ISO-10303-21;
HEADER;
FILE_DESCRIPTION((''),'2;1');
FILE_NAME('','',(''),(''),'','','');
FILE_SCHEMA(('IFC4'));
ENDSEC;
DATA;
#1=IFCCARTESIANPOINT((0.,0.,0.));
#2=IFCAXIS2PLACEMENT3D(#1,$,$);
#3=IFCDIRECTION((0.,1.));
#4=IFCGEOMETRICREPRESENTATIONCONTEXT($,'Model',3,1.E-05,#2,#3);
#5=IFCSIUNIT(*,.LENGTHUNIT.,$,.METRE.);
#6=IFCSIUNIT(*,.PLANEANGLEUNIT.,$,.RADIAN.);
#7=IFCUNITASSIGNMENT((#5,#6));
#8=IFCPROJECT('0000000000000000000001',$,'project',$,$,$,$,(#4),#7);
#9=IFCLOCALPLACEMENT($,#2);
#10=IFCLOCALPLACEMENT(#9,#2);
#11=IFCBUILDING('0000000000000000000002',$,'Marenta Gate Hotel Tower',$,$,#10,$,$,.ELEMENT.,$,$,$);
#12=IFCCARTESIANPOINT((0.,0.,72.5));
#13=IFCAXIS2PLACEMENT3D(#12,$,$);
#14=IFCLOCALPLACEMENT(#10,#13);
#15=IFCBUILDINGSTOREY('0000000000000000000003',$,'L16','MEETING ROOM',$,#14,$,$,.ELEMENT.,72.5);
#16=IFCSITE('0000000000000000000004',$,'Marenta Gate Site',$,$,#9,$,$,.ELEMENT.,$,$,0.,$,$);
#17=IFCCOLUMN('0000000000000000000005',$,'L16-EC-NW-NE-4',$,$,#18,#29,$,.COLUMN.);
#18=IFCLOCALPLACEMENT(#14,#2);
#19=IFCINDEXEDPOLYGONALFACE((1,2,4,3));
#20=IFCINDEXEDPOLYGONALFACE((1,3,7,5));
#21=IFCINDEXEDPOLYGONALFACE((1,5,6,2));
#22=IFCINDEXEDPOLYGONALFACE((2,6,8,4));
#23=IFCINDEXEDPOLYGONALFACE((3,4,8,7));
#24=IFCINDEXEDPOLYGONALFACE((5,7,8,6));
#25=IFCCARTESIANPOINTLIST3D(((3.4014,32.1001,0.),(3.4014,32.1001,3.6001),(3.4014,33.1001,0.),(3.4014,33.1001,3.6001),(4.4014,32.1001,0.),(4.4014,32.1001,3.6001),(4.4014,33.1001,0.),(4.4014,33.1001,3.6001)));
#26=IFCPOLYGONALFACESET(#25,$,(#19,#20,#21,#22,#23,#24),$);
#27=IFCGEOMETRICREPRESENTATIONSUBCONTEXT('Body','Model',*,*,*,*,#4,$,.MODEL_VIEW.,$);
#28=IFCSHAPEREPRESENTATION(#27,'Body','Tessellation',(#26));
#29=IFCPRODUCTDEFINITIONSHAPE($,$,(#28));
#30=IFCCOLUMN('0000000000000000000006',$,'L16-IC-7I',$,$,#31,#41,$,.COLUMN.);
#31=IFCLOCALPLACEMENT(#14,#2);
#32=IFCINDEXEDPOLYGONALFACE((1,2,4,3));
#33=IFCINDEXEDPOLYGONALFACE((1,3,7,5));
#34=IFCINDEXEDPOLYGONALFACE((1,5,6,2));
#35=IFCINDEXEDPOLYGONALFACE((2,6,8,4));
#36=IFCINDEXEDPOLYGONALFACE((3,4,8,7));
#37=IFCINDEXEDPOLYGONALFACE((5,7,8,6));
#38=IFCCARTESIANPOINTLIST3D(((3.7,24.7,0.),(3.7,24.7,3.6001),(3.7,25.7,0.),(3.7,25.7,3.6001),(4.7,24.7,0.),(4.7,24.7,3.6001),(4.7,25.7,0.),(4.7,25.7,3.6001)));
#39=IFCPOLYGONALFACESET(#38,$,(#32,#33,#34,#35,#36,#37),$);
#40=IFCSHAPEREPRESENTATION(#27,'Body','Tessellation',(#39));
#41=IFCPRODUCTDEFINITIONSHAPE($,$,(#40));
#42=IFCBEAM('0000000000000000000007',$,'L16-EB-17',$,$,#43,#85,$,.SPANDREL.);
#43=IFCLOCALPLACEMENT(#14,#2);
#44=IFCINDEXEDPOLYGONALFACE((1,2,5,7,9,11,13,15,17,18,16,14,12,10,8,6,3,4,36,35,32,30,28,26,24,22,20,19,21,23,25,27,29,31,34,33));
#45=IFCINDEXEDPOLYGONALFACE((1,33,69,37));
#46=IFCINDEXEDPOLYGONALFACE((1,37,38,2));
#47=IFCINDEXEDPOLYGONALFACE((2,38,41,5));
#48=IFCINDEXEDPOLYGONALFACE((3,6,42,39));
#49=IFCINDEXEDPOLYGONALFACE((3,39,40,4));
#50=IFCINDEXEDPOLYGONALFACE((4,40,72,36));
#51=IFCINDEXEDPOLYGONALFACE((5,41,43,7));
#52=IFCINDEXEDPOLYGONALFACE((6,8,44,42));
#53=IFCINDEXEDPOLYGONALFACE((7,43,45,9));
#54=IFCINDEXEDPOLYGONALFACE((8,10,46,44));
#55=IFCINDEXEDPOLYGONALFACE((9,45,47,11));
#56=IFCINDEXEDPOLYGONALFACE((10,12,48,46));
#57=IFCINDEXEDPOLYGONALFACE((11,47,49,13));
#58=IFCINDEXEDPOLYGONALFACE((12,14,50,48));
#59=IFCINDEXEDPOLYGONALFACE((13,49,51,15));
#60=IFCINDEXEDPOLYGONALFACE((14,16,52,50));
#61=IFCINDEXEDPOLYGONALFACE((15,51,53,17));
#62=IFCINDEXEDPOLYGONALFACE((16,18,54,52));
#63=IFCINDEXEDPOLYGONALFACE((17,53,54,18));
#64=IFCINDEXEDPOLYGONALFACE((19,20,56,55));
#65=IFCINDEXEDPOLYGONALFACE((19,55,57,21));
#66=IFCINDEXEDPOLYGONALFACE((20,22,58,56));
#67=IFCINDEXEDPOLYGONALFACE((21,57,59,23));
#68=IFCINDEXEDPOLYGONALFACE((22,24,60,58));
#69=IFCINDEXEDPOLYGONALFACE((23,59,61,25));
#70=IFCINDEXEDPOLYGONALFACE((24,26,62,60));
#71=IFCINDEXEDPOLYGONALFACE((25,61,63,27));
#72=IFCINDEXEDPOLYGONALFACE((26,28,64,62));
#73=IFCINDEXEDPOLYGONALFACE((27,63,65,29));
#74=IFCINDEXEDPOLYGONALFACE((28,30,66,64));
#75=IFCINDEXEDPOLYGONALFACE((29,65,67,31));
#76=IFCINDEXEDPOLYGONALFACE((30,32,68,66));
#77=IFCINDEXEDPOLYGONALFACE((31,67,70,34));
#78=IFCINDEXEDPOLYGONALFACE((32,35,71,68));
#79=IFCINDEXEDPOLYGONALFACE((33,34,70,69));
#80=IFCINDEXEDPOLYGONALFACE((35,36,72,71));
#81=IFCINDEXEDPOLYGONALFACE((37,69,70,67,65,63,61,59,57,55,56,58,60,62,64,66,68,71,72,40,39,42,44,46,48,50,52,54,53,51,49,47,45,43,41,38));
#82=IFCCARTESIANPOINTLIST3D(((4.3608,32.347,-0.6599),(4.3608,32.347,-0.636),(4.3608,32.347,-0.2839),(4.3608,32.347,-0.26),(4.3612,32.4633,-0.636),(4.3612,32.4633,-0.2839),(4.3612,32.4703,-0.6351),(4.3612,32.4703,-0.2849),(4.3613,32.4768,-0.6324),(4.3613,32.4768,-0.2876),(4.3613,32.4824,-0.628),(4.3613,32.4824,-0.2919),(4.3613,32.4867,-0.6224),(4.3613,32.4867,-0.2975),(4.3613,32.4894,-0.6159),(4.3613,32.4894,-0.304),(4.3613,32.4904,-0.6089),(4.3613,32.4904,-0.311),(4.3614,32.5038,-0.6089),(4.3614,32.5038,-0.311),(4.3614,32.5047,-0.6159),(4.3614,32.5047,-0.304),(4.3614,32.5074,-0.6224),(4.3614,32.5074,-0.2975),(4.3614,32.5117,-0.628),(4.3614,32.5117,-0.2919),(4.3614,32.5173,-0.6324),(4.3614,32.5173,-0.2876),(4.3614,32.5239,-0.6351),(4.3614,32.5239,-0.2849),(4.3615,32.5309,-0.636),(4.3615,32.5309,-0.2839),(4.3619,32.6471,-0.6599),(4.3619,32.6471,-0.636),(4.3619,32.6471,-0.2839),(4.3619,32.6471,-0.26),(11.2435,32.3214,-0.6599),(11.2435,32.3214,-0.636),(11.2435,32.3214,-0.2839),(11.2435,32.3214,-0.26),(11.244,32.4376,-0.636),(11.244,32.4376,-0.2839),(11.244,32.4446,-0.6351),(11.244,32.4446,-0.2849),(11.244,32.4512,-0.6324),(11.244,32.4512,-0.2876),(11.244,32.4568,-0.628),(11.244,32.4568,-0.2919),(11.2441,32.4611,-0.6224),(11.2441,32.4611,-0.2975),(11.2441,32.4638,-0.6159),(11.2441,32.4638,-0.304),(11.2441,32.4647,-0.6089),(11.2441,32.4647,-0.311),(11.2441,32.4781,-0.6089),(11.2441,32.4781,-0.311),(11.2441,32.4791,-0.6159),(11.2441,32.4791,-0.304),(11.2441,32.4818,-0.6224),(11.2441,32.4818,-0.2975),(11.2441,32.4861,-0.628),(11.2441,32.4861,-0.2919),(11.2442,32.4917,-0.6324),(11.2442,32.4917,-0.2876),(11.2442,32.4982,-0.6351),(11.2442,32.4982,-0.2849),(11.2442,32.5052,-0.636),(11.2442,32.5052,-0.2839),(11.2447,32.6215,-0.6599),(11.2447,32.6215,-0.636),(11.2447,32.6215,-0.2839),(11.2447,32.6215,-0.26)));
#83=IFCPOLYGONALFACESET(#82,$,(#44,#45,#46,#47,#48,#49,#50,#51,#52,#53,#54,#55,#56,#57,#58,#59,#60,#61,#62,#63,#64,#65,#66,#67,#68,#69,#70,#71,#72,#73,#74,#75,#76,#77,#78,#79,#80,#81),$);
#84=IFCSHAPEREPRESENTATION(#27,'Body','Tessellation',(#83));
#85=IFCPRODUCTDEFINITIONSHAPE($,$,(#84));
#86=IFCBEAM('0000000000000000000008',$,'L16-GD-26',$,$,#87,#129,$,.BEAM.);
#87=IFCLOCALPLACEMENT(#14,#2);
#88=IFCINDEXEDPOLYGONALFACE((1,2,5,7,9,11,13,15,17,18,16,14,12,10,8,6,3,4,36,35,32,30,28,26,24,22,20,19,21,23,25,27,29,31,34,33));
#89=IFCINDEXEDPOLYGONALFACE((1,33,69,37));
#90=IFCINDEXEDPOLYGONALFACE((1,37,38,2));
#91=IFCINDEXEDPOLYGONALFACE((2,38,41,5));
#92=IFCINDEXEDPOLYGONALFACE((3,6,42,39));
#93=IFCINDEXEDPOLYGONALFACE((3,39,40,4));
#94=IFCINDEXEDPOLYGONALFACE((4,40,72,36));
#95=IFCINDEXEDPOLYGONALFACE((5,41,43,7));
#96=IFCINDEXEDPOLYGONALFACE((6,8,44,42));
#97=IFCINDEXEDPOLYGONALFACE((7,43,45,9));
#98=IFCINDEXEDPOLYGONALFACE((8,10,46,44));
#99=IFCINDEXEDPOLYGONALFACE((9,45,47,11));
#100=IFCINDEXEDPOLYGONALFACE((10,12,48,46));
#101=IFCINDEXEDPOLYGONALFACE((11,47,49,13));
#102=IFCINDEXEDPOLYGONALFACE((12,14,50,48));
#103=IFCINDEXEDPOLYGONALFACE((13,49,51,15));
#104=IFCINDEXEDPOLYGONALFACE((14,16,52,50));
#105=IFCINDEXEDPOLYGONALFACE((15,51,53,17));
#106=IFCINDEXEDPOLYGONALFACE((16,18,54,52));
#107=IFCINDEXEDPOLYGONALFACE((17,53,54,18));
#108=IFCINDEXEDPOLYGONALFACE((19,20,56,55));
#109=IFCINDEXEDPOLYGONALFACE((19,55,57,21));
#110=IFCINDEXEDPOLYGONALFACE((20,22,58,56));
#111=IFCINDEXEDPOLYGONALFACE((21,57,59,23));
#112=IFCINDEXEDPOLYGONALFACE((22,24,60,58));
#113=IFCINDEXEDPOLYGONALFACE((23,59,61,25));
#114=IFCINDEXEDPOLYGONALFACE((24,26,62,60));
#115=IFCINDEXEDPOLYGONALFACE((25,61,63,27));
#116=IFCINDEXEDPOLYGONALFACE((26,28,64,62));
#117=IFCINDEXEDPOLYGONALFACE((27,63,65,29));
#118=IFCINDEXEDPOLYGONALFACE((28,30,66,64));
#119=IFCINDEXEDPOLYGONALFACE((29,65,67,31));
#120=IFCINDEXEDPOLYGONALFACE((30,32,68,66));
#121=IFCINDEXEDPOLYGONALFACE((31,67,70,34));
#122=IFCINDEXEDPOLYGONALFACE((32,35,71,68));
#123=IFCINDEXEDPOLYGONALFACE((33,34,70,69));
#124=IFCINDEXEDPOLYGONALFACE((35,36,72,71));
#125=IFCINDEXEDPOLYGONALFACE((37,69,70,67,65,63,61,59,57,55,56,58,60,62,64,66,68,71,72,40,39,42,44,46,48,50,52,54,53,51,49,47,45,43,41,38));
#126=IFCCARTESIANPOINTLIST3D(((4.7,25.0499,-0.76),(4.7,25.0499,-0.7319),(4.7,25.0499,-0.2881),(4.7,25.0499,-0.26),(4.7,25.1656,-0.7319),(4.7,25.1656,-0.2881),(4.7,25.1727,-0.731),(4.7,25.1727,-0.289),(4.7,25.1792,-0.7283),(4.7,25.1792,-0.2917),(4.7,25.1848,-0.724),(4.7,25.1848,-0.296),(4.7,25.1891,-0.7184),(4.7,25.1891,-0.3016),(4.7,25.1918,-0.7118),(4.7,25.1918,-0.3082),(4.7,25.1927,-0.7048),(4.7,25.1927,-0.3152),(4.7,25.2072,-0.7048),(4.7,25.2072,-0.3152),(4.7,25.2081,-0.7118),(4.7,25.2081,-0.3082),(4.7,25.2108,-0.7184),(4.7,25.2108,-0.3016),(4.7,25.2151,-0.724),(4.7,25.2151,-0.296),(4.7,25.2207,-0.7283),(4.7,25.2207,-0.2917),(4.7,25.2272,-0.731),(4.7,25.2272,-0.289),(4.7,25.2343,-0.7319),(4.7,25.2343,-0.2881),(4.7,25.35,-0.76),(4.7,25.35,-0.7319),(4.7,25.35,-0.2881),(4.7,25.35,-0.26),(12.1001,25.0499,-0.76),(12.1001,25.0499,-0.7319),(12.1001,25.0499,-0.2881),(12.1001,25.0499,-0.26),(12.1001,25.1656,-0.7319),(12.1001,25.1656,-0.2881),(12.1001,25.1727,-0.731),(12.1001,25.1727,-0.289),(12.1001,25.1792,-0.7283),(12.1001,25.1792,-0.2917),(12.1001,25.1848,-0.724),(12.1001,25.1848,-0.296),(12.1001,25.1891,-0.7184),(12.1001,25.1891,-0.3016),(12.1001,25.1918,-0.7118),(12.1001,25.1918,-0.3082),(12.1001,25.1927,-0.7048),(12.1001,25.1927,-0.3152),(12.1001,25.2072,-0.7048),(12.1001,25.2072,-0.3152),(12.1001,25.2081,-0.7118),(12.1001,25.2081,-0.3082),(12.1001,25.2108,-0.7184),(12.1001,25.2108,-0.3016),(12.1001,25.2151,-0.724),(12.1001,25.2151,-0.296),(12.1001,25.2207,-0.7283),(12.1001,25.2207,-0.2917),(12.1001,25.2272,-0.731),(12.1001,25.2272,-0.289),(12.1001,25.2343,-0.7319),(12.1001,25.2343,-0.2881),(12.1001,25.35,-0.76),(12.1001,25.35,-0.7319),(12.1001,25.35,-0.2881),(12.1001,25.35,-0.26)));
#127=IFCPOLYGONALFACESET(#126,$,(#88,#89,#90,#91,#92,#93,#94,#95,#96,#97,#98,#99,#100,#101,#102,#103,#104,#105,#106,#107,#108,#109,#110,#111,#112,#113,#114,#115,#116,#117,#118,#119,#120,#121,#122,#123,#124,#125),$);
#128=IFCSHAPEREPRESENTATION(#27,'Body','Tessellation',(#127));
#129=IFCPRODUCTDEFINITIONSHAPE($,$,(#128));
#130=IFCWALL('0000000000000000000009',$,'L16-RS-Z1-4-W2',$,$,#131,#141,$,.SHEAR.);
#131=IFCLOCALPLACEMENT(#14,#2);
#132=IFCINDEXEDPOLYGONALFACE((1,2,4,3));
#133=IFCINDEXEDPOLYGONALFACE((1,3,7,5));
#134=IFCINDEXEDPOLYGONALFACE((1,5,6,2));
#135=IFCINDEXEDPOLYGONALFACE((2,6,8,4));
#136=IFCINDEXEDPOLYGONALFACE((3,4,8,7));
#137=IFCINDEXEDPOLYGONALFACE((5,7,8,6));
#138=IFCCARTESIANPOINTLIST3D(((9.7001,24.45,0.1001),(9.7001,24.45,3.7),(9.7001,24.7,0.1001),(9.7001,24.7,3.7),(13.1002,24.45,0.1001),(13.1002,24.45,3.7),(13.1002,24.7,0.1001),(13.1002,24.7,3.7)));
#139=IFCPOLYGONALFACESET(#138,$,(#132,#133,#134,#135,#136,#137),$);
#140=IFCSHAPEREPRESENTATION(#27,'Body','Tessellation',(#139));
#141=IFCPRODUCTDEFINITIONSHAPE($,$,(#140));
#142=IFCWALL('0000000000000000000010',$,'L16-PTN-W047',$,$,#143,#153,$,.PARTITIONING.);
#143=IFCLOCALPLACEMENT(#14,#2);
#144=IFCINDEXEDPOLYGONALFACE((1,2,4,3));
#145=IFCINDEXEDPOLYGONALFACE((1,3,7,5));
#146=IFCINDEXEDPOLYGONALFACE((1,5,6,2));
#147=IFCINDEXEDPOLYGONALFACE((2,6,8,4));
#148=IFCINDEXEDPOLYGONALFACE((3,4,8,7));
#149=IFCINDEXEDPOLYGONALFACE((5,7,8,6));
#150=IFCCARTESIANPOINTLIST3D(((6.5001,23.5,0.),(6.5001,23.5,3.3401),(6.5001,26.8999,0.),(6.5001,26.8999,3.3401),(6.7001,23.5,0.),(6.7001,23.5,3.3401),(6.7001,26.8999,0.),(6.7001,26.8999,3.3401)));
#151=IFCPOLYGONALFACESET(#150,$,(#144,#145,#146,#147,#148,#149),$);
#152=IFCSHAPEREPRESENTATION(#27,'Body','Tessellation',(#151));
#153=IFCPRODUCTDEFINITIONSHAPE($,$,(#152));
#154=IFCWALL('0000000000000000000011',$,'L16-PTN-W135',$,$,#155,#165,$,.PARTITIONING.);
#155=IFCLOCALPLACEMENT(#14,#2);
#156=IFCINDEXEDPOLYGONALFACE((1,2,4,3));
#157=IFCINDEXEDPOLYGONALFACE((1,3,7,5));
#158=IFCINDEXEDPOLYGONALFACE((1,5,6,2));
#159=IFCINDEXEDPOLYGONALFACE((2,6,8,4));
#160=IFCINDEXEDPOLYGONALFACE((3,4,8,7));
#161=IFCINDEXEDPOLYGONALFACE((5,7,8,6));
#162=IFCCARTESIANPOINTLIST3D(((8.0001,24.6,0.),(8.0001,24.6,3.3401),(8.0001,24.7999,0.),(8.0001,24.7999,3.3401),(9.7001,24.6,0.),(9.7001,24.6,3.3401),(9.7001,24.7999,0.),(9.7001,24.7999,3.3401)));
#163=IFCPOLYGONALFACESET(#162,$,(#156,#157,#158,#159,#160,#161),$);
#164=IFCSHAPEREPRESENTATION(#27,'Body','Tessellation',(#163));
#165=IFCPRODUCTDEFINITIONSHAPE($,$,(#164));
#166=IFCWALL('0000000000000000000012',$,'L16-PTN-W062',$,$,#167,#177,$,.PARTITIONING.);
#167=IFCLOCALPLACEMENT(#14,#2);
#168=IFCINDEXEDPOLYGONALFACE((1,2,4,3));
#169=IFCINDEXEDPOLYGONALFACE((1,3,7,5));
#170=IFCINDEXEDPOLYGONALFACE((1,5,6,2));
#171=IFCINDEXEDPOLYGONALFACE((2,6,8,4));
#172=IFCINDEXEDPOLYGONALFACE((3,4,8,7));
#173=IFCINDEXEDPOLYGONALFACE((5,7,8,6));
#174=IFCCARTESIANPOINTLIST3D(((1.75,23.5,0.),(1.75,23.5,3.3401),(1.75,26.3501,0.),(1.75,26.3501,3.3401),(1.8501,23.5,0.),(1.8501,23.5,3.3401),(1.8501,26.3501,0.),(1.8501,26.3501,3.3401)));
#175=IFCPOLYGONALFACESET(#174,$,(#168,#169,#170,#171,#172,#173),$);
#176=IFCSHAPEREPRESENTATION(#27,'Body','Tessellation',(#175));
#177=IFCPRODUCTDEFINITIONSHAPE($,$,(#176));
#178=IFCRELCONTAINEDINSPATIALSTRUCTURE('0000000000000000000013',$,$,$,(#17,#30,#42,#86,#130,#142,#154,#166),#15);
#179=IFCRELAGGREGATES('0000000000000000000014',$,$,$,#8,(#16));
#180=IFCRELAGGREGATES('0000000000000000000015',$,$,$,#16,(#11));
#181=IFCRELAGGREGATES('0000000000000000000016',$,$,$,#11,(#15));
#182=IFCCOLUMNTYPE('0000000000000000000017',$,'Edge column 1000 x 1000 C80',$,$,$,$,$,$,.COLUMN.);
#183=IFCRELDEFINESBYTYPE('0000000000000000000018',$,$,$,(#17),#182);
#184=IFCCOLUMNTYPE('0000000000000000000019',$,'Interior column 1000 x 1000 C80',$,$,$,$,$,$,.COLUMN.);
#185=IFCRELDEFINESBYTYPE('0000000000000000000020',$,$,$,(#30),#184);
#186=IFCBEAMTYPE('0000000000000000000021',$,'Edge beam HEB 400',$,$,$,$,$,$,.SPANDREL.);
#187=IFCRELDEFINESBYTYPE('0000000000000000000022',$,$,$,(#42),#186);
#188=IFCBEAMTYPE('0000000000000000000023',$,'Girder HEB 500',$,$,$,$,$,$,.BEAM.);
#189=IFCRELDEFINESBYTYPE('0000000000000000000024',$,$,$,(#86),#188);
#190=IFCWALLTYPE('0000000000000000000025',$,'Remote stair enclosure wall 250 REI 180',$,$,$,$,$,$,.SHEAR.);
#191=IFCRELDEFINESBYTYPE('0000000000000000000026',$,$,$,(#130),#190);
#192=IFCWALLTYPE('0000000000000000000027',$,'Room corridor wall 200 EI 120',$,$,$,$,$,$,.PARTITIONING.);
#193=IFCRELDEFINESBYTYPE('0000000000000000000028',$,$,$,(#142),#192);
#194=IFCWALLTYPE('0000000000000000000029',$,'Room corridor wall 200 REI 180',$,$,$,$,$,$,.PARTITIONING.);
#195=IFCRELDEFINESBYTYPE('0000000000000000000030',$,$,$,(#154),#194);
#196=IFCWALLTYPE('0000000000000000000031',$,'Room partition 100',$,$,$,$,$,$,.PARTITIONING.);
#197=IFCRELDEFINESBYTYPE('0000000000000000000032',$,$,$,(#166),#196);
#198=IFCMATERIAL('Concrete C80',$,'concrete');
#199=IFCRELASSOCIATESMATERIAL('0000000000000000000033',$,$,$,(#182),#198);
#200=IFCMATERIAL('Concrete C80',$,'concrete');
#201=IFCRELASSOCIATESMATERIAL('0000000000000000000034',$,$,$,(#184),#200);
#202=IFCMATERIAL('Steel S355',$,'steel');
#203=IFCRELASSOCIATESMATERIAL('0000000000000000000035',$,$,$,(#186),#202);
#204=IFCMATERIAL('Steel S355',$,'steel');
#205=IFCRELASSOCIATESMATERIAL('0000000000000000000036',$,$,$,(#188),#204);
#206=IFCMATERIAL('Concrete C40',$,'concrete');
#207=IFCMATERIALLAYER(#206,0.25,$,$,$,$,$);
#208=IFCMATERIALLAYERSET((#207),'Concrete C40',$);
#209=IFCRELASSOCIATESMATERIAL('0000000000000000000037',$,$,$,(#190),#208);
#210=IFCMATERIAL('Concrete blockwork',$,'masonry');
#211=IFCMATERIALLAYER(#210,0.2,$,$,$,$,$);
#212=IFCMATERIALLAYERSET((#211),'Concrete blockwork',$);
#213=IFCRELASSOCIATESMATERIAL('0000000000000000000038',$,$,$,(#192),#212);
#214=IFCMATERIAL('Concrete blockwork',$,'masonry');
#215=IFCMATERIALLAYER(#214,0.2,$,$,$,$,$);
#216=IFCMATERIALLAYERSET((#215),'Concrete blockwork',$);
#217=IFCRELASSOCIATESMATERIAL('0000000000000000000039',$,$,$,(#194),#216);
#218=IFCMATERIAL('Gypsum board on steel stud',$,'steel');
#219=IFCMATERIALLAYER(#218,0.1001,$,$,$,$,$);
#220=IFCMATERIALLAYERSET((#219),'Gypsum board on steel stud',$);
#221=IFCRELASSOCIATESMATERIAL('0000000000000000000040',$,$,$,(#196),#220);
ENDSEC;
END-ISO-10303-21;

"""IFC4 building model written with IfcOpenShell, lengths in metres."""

from ifc_helpers import new_model, si_unit, direction, frame, frame_2d, origin, origin_2d, place, context, subcontext, project, spatial, rectangle, i_section, extrude, material, layer, layer_set, material_profile, profile_set, type_object, element, save


model = new_model("IFC4")

# Units and contexts
model_context = context("Model", 3, precision=1e-05, world=origin(), true_north=direction((0.0, 1.0)))
body_context = subcontext(model_context, "Body", "Model", "MODEL_VIEW")
ifc_project = project(units=[si_unit("LENGTHUNIT", "METRE"), si_unit("PLANEANGLEUNIT", "RADIAN")], contexts=[model_context])

# Site, building, storey
site_placement = place(None, origin())
site = spatial("IfcSite", under=ifc_project, at=site_placement, Name="Marenta Gate Site", CompositionType="ELEMENT", RefElevation=0.0)
building_placement = place(site_placement, origin())
building = spatial("IfcBuilding", under=site, at=building_placement, Name="Marenta Gate Hotel Tower", CompositionType="ELEMENT")
storey_placement = place(building_placement, frame((0.0, 0.0, 72.5)))
storey = spatial("IfcBuildingStorey", under=building, at=storey_placement, Name="L16", Description="MEETING ROOM", CompositionType="ELEMENT", Elevation=72.5)

# Columns
ifc_material_1 = material(Name="Concrete C80", Category="concrete")
ifc_material_profile_1 = material_profile(ifc_material_1, rectangle(XDim=1.0, YDim=1.0, at=origin_2d()), Name="1000 x 1000")
ifc_profile_set_1 = profile_set([ifc_material_profile_1], Name="Concrete C80")
column_type_1 = type_object("IfcColumnType", Name="Edge column 1000 x 1000 C80", PredefinedType="COLUMN", material=ifc_profile_set_1)
column_1_placement = place(storey_placement, frame((3.9014, 32.6001, 0.0), z_axis=(0.0, 0.0, 1.0), x_axis=(1.0, 0.0, 0.0)))
element("IfcColumn", 1, at=column_1_placement, inside=storey, type_object=column_type_1, Name="L16-EC-NW-NE-4", PredefinedType="COLUMN", context=body_context, shape_type="SweptSolid", body=[
    extrude(rectangle(XDim=1.0, YDim=1.0, at=origin_2d()), origin(), (0.0, 0.0, 1.0), 3.6001),
])
ifc_material_2 = material(Name="Concrete C80", Category="concrete")
ifc_material_profile_2 = material_profile(ifc_material_2, rectangle(XDim=1.0, YDim=1.0, at=origin_2d()), Name="1000 x 1000")
ifc_profile_set_2 = profile_set([ifc_material_profile_2], Name="Concrete C80")
column_type_2 = type_object("IfcColumnType", Name="Interior column 1000 x 1000 C80", PredefinedType="COLUMN", material=ifc_profile_set_2)
column_2_placement = place(storey_placement, frame((4.2, 25.2, 0.0), z_axis=(0.0, 0.0, 1.0), x_axis=(1.0, 0.0, 0.0)))
element("IfcColumn", 2, at=column_2_placement, inside=storey, type_object=column_type_2, Name="L16-IC-7I", PredefinedType="COLUMN", context=body_context, shape_type="SweptSolid", body=[
    extrude(rectangle(XDim=1.0, YDim=1.0, at=origin_2d()), origin(), (0.0, 0.0, 1.0), 3.6001),
])

# Beams
ifc_material_3 = material(Name="Steel S355", Category="steel")
ifc_material_profile_3 = material_profile(ifc_material_3, i_section(OverallWidth=0.3, OverallDepth=0.3999, WebThickness=0.0134, FlangeThickness=0.0239, FilletRadius=0.0271, at=origin_2d()), Name="HEB 400")
ifc_profile_set_3 = profile_set([ifc_material_profile_3], Name="Steel S355")
beam_type_1 = type_object("IfcBeamType", Name="Edge beam HEB 400", PredefinedType="SPANDREL", material=ifc_profile_set_3)
beam_1_placement = place(storey_placement, frame((4.3613, 32.4971, -0.46), z_axis=(0.999993, -0.003724, 0.0), x_axis=(0.003724, 0.999993, 0.0)))
element("IfcBeam", 3, at=beam_1_placement, inside=storey, type_object=beam_type_1, Name="L16-EB-17", PredefinedType="SPANDREL", context=body_context, shape_type="SweptSolid", body=[
    extrude(i_section(OverallWidth=0.3, OverallDepth=0.3999, WebThickness=0.0134, FlangeThickness=0.0239, FilletRadius=0.0271, at=origin_2d()), origin(), (0.0, 0.0, 1.0), 6.8828),
])
ifc_material_4 = material(Name="Steel S355", Category="steel")
ifc_material_profile_4 = material_profile(ifc_material_4, i_section(OverallWidth=0.3, OverallDepth=0.5, WebThickness=0.0144, FlangeThickness=0.0281, FilletRadius=0.0271, at=origin_2d()), Name="HEB 500")
ifc_profile_set_4 = profile_set([ifc_material_profile_4], Name="Steel S355")
beam_type_2 = type_object("IfcBeamType", Name="Girder HEB 500", PredefinedType="BEAM", material=ifc_profile_set_4)
beam_2_placement = place(storey_placement, frame((4.7, 25.2, -0.51), z_axis=(1.0, 0.0, 0.0), x_axis=(0.0, 1.0, 0.0)))
element("IfcBeam", 4, at=beam_2_placement, inside=storey, type_object=beam_type_2, Name="L16-GD-26", PredefinedType="BEAM", context=body_context, shape_type="SweptSolid", body=[
    extrude(i_section(OverallWidth=0.3, OverallDepth=0.5, WebThickness=0.0144, FlangeThickness=0.0281, FilletRadius=0.0271, at=origin_2d()), origin(), (0.0, 0.0, 1.0), 7.4001),
])

# Walls
ifc_material_5 = material(Name="Concrete C40", Category="concrete")
ifc_layer_1 = layer(ifc_material_5, 0.25)
ifc_layer_set_1 = layer_set([ifc_layer_1], Name="Concrete C40")
wall_type_1 = type_object("IfcWallType", Name="Remote stair enclosure wall 250 REI 180", PredefinedType="SHEAR", material=ifc_layer_set_1)
wall_1_placement = place(storey_placement, frame((9.7, 24.575, 0.1001), z_axis=(0.0, 0.0, 1.0), x_axis=(1.0, 0.0, 0.0)))
element("IfcWall", 5, at=wall_1_placement, inside=storey, type_object=wall_type_1, Name="L16-RS-Z1-4-W2", PredefinedType="SHEAR", context=body_context, shape_type="SweptSolid", body=[
    extrude(rectangle(XDim=3.4001, YDim=0.25, at=frame_2d((1.7002, 0.0))), origin(), (0.0, 0.0, 1.0), 3.5999),
])
ifc_material_6 = material(Name="Concrete blockwork", Category="masonry")
ifc_layer_2 = layer(ifc_material_6, 0.2)
ifc_layer_set_2 = layer_set([ifc_layer_2], Name="Concrete blockwork")
wall_type_2 = type_object("IfcWallType", Name="Room corridor wall 200 EI 120", PredefinedType="PARTITIONING", material=ifc_layer_set_2)
wall_2_placement = place(storey_placement, frame((6.6001, 23.5, 0.0), z_axis=(0.0, 0.0, 1.0), x_axis=(0.0, 1.0, 0.0)))
element("IfcWall", 6, at=wall_2_placement, inside=storey, type_object=wall_type_2, Name="L16-PTN-W047", PredefinedType="PARTITIONING", context=body_context, shape_type="SweptSolid", body=[
    extrude(rectangle(XDim=3.3999, YDim=0.2, at=frame_2d((1.7, 0.0))), origin(), (0.0, 0.0, 1.0), 3.3401),
])

# Shared definitions
ifc_material_7 = material(Name="Concrete blockwork", Category="masonry")
ifc_layer_3 = layer(ifc_material_7, 0.2)
ifc_layer_set_3 = layer_set([ifc_layer_3], Name="Concrete blockwork")
wall_type_3 = type_object("IfcWallType", Name="Room corridor wall 200 REI 180", PredefinedType="PARTITIONING", material=ifc_layer_set_3)

# Walls
wall_3_placement = place(storey_placement, frame((8.0, 24.7, 0.0), z_axis=(0.0, 0.0, 1.0), x_axis=(1.0, 0.0, 0.0)))
element("IfcWall", 7, at=wall_3_placement, inside=storey, type_object=wall_type_3, Name="L16-PTN-W135", PredefinedType="PARTITIONING", context=body_context, shape_type="SweptSolid", body=[
    extrude(rectangle(XDim=1.7, YDim=0.2, at=frame_2d((0.8501, 0.0))), origin(), (0.0, 0.0, 1.0), 3.3401),
])
ifc_material_8 = material(Name="Gypsum board on steel stud", Category="steel")
ifc_layer_4 = layer(ifc_material_8, 0.1001)
ifc_layer_set_4 = layer_set([ifc_layer_4], Name="Gypsum board on steel stud")
wall_type_4 = type_object("IfcWallType", Name="Room partition 100", PredefinedType="PARTITIONING", material=ifc_layer_set_4)
wall_4_placement = place(storey_placement, frame((1.8, 23.5, 0.0), z_axis=(0.0, 0.0, 1.0), x_axis=(0.0, 1.0, 0.0)))
element("IfcWall", 8, at=wall_4_placement, inside=storey, type_object=wall_type_4, Name="L16-PTN-W062", PredefinedType="PARTITIONING", context=body_context, shape_type="SweptSolid", body=[
    extrude(rectangle(XDim=2.8501, YDim=0.1001, at=frame_2d((1.425, 0.0))), origin(), (0.0, 0.0, 1.0), 3.3401),
])

save(model, "model.ifc")
